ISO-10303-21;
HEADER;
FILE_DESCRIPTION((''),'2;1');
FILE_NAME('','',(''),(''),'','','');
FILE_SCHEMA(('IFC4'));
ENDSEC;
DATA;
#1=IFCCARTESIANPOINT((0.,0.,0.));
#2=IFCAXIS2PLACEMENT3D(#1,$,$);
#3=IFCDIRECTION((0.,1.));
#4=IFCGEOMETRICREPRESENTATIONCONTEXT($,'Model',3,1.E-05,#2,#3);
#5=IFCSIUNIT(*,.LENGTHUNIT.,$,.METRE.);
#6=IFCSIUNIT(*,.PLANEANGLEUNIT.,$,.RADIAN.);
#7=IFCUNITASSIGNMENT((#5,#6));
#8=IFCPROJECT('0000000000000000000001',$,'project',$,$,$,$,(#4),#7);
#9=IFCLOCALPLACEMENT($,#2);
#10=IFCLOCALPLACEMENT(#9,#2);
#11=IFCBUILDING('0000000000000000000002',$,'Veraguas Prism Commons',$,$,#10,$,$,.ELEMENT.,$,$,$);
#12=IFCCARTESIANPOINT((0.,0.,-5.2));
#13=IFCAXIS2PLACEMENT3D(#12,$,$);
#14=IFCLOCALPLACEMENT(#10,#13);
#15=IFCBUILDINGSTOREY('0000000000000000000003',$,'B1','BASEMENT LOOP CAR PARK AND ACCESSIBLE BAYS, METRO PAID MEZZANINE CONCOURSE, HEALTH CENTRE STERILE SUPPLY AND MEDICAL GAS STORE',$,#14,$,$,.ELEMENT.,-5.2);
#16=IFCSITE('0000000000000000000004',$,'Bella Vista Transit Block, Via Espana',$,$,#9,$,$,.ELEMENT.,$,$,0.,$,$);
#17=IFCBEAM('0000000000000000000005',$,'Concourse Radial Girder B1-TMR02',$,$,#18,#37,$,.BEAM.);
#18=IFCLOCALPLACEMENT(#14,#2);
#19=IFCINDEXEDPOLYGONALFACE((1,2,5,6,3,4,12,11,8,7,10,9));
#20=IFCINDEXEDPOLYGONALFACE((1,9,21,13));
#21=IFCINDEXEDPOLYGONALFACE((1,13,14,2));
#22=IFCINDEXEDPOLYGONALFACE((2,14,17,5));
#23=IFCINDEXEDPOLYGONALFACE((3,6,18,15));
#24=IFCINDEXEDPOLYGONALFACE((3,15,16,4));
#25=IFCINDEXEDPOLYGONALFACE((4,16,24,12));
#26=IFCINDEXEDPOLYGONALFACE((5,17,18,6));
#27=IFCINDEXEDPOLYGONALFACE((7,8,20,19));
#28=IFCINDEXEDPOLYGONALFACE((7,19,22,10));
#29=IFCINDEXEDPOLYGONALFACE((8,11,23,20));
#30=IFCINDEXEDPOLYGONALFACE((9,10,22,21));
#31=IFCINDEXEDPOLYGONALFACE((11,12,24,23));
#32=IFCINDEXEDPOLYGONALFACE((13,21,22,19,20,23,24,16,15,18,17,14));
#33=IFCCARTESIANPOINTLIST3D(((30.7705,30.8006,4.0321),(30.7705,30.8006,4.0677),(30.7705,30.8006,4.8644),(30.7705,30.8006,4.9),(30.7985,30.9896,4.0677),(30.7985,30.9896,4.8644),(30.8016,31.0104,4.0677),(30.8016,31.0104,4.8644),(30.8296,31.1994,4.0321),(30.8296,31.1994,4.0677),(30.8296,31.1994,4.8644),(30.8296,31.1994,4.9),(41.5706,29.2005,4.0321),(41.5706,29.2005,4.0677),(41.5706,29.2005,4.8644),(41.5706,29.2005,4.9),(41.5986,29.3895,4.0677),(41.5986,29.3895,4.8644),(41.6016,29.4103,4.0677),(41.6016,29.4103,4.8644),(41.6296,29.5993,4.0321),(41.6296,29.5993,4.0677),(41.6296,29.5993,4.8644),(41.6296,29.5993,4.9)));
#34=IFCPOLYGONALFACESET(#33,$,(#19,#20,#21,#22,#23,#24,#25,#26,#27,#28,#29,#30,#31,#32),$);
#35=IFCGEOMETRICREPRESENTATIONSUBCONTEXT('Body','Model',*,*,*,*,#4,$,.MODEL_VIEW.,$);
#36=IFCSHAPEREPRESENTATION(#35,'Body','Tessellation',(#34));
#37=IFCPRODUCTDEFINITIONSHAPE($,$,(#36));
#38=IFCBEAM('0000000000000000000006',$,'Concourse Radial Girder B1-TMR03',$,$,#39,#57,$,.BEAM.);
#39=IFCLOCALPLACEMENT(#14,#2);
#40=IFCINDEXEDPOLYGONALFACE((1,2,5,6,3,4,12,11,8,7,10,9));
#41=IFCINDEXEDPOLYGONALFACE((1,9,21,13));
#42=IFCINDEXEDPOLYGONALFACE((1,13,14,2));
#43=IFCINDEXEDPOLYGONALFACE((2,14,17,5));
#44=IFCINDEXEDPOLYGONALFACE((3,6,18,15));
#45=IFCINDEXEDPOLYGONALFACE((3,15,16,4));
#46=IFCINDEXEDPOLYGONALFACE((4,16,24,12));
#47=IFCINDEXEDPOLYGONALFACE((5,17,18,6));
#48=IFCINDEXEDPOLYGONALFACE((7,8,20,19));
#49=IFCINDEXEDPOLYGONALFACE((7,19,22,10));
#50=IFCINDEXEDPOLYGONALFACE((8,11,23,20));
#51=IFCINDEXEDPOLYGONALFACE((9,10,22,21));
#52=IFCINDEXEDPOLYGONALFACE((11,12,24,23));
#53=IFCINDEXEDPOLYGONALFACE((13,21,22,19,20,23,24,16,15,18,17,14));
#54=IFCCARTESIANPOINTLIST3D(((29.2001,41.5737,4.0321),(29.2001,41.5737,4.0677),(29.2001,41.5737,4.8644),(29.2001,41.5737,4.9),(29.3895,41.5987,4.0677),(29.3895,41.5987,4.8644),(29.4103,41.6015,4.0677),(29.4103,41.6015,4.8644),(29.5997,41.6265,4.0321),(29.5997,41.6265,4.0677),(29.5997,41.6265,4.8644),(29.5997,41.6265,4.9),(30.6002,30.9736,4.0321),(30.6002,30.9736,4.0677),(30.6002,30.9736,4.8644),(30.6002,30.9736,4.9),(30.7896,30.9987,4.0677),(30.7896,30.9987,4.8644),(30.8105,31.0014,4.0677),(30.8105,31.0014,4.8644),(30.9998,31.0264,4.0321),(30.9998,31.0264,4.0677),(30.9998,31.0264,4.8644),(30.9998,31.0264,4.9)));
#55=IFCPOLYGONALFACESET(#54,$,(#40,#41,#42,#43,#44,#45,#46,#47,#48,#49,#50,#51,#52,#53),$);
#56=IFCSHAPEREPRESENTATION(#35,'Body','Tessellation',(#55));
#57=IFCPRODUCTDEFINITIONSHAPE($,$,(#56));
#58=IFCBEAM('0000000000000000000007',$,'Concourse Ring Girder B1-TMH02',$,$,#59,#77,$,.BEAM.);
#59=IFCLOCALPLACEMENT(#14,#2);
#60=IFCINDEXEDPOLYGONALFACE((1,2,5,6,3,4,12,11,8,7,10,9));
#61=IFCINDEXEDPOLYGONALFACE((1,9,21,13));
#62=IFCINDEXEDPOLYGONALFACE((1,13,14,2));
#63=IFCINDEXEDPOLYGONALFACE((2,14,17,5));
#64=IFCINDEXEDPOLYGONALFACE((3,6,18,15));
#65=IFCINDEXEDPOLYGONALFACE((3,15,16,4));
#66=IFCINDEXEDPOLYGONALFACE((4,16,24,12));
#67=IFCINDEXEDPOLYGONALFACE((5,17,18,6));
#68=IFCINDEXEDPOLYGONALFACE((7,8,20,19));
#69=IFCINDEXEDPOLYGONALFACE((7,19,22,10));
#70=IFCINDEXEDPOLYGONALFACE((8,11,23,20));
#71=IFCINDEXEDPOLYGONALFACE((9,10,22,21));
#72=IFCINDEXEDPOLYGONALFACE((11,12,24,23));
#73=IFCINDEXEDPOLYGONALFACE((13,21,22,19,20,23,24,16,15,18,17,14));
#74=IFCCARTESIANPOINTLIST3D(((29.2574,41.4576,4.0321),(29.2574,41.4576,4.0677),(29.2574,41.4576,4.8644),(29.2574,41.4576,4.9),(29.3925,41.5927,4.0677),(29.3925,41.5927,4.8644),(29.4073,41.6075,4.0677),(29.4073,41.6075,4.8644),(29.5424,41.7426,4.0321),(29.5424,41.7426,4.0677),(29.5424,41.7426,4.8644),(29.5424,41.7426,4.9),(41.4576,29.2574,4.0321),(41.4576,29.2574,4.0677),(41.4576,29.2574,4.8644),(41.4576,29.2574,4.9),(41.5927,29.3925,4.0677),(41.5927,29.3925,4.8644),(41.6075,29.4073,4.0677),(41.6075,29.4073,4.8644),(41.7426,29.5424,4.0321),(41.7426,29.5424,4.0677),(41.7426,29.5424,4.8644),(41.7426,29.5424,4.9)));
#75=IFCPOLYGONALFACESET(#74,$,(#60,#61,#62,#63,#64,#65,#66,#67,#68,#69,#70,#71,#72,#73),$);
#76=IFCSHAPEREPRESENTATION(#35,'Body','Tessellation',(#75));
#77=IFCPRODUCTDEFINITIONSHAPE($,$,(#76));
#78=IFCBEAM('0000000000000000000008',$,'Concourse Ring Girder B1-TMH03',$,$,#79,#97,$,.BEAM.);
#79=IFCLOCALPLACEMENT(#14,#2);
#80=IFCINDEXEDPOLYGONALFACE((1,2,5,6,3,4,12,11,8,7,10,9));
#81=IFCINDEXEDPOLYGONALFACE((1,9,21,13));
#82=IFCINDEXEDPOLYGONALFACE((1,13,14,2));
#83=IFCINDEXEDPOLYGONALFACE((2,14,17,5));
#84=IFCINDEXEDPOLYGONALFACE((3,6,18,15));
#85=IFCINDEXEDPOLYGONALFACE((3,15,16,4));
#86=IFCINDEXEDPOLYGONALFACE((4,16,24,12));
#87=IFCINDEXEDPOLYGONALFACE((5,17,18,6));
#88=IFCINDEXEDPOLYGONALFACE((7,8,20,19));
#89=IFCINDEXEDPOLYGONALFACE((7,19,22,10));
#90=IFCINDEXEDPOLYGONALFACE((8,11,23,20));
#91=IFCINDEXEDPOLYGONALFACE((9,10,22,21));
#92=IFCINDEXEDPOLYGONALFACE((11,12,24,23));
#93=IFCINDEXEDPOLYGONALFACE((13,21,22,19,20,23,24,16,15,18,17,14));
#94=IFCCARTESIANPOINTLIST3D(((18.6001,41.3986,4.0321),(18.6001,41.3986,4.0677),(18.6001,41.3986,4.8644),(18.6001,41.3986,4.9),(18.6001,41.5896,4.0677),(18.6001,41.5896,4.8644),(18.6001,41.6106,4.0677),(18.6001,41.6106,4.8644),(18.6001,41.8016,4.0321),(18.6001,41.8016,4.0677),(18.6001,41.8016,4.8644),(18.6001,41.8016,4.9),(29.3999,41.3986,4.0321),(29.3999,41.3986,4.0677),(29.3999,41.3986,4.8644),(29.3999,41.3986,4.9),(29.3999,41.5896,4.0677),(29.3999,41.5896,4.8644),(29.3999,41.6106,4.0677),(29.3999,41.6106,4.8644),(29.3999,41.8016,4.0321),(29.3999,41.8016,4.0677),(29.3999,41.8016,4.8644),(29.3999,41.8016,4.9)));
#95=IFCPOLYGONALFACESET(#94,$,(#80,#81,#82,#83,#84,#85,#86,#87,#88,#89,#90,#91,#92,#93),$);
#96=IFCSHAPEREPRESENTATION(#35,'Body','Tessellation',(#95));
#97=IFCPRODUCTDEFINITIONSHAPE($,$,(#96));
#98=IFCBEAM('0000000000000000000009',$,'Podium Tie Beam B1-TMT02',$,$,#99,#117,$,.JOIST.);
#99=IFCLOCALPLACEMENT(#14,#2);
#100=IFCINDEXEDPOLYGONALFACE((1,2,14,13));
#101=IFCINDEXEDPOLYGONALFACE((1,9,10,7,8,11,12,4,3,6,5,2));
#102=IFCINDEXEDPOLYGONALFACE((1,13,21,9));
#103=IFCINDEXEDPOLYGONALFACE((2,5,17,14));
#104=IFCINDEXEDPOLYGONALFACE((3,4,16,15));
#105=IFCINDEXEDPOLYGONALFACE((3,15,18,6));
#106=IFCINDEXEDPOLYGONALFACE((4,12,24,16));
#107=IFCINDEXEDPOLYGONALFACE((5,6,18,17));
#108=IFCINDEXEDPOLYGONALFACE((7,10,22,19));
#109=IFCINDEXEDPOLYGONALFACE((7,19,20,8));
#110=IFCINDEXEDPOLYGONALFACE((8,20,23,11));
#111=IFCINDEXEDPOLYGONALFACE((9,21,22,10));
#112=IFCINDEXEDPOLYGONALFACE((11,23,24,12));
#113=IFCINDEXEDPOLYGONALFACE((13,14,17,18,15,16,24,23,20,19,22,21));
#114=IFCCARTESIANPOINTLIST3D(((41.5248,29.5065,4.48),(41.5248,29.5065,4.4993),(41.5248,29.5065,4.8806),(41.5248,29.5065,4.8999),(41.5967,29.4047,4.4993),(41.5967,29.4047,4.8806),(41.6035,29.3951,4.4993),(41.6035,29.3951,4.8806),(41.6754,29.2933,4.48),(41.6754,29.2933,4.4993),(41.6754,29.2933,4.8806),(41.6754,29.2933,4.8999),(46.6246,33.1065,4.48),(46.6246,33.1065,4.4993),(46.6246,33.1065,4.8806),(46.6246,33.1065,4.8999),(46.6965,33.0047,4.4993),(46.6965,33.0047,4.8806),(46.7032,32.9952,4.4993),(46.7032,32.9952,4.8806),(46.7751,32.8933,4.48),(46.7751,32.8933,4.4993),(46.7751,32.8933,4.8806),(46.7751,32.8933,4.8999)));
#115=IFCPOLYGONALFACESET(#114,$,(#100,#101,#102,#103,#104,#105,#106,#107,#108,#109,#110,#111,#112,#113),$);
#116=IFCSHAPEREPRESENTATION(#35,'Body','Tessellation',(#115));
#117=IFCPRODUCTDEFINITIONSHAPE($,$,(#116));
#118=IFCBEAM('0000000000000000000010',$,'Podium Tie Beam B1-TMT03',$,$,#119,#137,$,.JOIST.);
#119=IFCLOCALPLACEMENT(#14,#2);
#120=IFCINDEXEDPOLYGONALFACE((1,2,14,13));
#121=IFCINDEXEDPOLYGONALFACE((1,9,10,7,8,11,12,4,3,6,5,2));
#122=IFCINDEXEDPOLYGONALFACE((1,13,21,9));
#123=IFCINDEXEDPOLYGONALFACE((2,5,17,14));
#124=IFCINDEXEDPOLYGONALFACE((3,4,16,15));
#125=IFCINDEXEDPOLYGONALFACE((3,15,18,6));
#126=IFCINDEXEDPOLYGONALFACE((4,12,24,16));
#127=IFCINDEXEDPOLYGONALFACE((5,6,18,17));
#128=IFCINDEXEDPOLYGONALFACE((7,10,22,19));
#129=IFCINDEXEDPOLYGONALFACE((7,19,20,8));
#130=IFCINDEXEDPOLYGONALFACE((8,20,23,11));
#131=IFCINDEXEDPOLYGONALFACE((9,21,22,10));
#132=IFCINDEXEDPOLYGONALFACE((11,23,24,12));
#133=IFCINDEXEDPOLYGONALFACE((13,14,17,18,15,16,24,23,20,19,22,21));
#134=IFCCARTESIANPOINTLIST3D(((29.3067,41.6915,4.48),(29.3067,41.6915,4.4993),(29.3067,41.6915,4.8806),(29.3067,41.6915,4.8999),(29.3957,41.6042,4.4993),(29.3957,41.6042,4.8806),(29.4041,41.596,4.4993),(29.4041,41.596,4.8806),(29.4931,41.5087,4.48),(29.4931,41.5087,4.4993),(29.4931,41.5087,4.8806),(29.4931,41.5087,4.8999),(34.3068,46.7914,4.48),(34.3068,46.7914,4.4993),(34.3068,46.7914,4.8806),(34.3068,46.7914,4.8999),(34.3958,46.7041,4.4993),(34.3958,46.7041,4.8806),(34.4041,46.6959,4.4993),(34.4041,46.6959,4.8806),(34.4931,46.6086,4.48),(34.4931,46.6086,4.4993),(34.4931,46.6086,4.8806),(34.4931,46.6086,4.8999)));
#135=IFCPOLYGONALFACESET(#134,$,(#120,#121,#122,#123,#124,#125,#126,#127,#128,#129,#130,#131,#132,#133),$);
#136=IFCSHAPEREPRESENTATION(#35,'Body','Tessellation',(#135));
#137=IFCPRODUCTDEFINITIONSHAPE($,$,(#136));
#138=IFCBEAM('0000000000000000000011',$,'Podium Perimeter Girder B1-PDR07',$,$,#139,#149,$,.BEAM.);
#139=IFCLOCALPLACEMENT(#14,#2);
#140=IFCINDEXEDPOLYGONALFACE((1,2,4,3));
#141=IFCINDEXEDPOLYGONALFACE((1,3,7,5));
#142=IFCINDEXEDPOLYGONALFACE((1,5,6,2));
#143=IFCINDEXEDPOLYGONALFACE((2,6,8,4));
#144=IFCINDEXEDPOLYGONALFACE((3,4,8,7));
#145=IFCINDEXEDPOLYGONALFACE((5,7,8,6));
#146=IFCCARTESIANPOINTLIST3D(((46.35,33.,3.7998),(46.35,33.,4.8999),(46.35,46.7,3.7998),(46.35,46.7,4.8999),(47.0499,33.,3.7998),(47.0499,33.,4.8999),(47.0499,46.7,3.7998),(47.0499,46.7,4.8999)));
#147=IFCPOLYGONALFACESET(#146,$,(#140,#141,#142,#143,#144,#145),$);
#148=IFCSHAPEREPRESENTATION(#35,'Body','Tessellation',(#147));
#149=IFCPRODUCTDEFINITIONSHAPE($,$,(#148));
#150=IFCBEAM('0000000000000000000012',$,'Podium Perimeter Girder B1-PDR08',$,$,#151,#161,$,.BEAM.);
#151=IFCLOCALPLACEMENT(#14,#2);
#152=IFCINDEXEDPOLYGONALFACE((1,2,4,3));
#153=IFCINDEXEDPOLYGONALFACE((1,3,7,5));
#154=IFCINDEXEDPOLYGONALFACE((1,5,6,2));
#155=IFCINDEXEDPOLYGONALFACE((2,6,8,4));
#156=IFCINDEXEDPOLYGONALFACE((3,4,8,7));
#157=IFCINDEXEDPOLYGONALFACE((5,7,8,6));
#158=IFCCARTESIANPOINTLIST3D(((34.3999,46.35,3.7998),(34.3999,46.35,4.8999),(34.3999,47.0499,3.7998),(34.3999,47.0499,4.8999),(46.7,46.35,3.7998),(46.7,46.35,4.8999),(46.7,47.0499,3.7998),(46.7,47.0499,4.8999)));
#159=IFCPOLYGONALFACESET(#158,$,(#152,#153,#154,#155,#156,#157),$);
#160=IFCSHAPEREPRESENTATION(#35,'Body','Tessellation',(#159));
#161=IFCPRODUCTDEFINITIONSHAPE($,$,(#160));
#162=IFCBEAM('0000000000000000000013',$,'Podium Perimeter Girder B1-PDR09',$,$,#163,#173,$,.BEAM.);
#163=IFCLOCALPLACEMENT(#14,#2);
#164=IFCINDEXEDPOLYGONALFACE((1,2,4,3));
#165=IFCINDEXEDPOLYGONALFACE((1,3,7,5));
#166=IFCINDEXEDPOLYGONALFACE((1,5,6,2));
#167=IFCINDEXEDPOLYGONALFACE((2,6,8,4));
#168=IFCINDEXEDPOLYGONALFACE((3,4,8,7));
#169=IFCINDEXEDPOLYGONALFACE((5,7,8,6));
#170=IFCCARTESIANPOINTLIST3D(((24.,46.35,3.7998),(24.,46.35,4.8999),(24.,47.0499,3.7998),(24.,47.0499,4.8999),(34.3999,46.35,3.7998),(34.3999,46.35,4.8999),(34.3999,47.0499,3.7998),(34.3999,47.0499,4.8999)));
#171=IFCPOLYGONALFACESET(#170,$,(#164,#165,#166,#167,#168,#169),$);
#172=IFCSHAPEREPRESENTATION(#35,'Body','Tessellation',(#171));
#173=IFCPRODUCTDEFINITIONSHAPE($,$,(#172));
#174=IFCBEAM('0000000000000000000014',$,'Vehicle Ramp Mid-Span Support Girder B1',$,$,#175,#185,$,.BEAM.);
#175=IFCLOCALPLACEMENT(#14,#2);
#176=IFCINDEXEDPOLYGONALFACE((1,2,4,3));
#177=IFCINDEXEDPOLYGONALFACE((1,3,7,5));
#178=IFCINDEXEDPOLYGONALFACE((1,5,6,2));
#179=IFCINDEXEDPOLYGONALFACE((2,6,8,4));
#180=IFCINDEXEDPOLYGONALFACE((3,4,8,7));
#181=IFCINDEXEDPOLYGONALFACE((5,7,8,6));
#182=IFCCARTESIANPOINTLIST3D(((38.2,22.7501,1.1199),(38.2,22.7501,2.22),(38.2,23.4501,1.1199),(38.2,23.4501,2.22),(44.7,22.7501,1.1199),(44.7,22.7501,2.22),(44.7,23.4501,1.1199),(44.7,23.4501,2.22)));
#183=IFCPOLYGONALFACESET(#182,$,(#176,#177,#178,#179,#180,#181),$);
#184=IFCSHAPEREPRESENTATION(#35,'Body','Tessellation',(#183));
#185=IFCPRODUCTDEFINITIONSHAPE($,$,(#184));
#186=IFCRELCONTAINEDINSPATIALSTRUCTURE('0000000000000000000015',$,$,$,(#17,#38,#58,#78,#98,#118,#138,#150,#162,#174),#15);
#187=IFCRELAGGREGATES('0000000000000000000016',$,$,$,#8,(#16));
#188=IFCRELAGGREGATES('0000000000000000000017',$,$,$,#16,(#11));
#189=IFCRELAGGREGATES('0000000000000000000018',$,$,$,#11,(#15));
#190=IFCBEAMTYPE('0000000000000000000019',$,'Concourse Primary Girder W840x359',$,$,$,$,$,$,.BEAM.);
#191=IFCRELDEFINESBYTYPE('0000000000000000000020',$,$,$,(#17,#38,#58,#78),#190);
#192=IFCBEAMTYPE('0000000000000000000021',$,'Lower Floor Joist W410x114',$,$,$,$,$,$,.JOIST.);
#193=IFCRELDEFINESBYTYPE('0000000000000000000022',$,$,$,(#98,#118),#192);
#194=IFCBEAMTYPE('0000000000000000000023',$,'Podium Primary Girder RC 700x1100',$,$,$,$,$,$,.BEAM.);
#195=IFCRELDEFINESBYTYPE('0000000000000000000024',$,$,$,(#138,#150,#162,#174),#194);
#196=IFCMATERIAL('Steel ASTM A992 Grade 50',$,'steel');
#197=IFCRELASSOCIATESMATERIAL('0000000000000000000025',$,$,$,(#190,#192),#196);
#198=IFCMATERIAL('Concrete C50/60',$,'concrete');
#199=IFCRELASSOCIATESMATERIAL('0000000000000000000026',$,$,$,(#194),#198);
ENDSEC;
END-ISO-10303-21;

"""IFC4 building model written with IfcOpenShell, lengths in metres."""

from ifc_helpers import new_model, si_unit, direction, frame, origin, origin_2d, place, context, subcontext, project, spatial, rectangle, i_section, extrude, material, material_profile, profile_set, type_object, element, save


model = new_model("IFC4")

# Units and contexts
model_context = context("Model", 3, precision=1e-05, world=origin(), true_north=direction((0.0, 1.0)))
body_context = subcontext(model_context, "Body", "Model", "MODEL_VIEW")
ifc_project = project(units=[si_unit("LENGTHUNIT", "METRE"), si_unit("PLANEANGLEUNIT", "RADIAN")], contexts=[model_context])

# Site, building, storey
site_placement = place(None, origin())
site = spatial("IfcSite", under=ifc_project, at=site_placement, Name="Bella Vista Transit Block, Via Espana", CompositionType="ELEMENT", RefElevation=0.0)
building_placement = place(site_placement, origin())
building = spatial("IfcBuilding", under=site, at=building_placement, Name="Veraguas Prism Commons", CompositionType="ELEMENT")
storey_placement = place(building_placement, frame((0.0, 0.0, -5.2)))
storey = spatial("IfcBuildingStorey", under=building, at=storey_placement, Name="B1", Description="BASEMENT LOOP CAR PARK AND ACCESSIBLE BAYS, METRO PAID MEZZANINE CONCOURSE, HEALTH CENTRE STERILE SUPPLY AND MEDICAL GAS STORE", CompositionType="ELEMENT", Elevation=-5.2)

# Shared definitions
ifc_material_1 = material(Name="Concrete C50/60", Category="concrete")
ifc_material_2 = material(Name="Steel ASTM A992 Grade 50", Category="steel")

# Beams
ifc_material_profile_1 = material_profile(ifc_material_2, i_section(OverallWidth=0.4031, OverallDepth=0.8679, WebThickness=0.021, FlangeThickness=0.0356, at=origin_2d()), Name="W840X359")
ifc_profile_set_1 = profile_set([ifc_material_profile_1], Name="Steel ASTM A992 Grade 50")
beam_type_1 = type_object("IfcBeamType", Name="Concourse Primary Girder W840x359", PredefinedType="BEAM", material=ifc_profile_set_1)
beam_1_placement = place(storey_placement, frame((41.6001, 29.3999, 4.4661), z_axis=(-0.989202, 0.146557, 0.0), x_axis=(-0.146557, -0.989202, 0.0)))
element("IfcBeam", 1, at=beam_1_placement, inside=storey, type_object=beam_type_1, Name="Concourse Radial Girder B1-TMR02", PredefinedType="BEAM", context=body_context, shape_type="SweptSolid", body=[
    extrude(i_section(OverallWidth=0.4031, OverallDepth=0.8679, WebThickness=0.021, FlangeThickness=0.0356, at=origin_2d()), origin(), (0.0, 0.0, 1.0), 10.918),
])
beam_2_placement = place(storey_placement, frame((29.3999, 41.6001, 4.4661), z_axis=(0.130951, -0.991389, 0.0), x_axis=(0.991389, 0.130951, 0.0)))
element("IfcBeam", 2, at=beam_2_placement, inside=storey, type_object=beam_type_1, Name="Concourse Radial Girder B1-TMR03", PredefinedType="BEAM", context=body_context, shape_type="SweptSolid", body=[
    extrude(i_section(OverallWidth=0.4031, OverallDepth=0.8679, WebThickness=0.021, FlangeThickness=0.0356, at=origin_2d()), origin(), (0.0, 0.0, 1.0), 10.6921),
])
beam_3_placement = place(storey_placement, frame((41.6001, 29.3999, 4.4661), z_axis=(-0.707107, 0.707107, 0.0), x_axis=(-0.707107, -0.707107, 0.0)))
element("IfcBeam", 3, at=beam_3_placement, inside=storey, type_object=beam_type_1, Name="Concourse Ring Girder B1-TMH02", PredefinedType="BEAM", context=body_context, shape_type="SweptSolid", body=[
    extrude(i_section(OverallWidth=0.4031, OverallDepth=0.8679, WebThickness=0.021, FlangeThickness=0.0356, at=origin_2d()), origin(), (0.0, 0.0, 1.0), 17.2537),
])
beam_4_placement = place(storey_placement, frame((29.3999, 41.6001, 4.4661), z_axis=(-1.0, 0.0, 0.0), x_axis=(0.0, -1.0, 0.0)))
element("IfcBeam", 4, at=beam_4_placement, inside=storey, type_object=beam_type_1, Name="Concourse Ring Girder B1-TMH03", PredefinedType="BEAM", context=body_context, shape_type="SweptSolid", body=[
    extrude(i_section(OverallWidth=0.4031, OverallDepth=0.8679, WebThickness=0.021, FlangeThickness=0.0356, at=origin_2d()), origin(), (0.0, 0.0, 1.0), 10.7998),
])
ifc_material_profile_2 = material_profile(ifc_material_2, i_section(OverallWidth=0.261, OverallDepth=0.4199, WebThickness=0.0117, FlangeThickness=0.0193, at=origin_2d()), Name="W410X114")
ifc_profile_set_2 = profile_set([ifc_material_profile_2], Name="Steel ASTM A992 Grade 50")
beam_type_2 = type_object("IfcBeamType", Name="Lower Floor Joist W410x114", PredefinedType="JOIST", material=ifc_profile_set_2)
beam_5_placement = place(storey_placement, frame((41.6001, 29.3999, 4.6899), z_axis=(0.816953, 0.576705, 0.0), x_axis=(-0.576705, 0.816953, 0.0)))
element("IfcBeam", 5, at=beam_5_placement, inside=storey, type_object=beam_type_2, Name="Podium Tie Beam B1-TMT02", PredefinedType="JOIST", context=body_context, shape_type="SweptSolid", body=[
    extrude(i_section(OverallWidth=0.261, OverallDepth=0.4199, WebThickness=0.0117, FlangeThickness=0.0193, at=origin_2d()), origin(), (0.0, 0.0, 1.0), 6.2424),
])
beam_6_placement = place(storey_placement, frame((29.3999, 41.6001, 4.6899), z_axis=(0.700082, 0.714063, 0.0), x_axis=(-0.714063, 0.700082, 0.0)))
element("IfcBeam", 6, at=beam_6_placement, inside=storey, type_object=beam_type_2, Name="Podium Tie Beam B1-TMT03", PredefinedType="JOIST", context=body_context, shape_type="SweptSolid", body=[
    extrude(i_section(OverallWidth=0.261, OverallDepth=0.4199, WebThickness=0.0117, FlangeThickness=0.0193, at=origin_2d()), origin(), (0.0, 0.0, 1.0), 7.1421),
])
ifc_material_profile_3 = material_profile(ifc_material_1, rectangle(XDim=0.7, YDim=1.1001, at=origin_2d()), Name="RC700X1100")
ifc_profile_set_3 = profile_set([ifc_material_profile_3], Name="Concrete C50/60")
beam_type_3 = type_object("IfcBeamType", Name="Podium Primary Girder RC 700x1100", PredefinedType="BEAM", material=ifc_profile_set_3)
beam_7_placement = place(storey_placement, frame((46.7, 33.0, 4.3499), z_axis=(0.0, 1.0, 0.0), x_axis=(-1.0, 0.0, 0.0)))
element("IfcBeam", 7, at=beam_7_placement, inside=storey, type_object=beam_type_3, Name="Podium Perimeter Girder B1-PDR07", PredefinedType="BEAM", context=body_context, shape_type="SweptSolid", body=[
    extrude(rectangle(XDim=0.7, YDim=1.1001, at=origin_2d()), origin(), (0.0, 0.0, 1.0), 13.7),
])
beam_8_placement = place(storey_placement, frame((46.7, 46.7, 4.3499), z_axis=(-1.0, 0.0, 0.0), x_axis=(0.0, -1.0, 0.0)))
element("IfcBeam", 8, at=beam_8_placement, inside=storey, type_object=beam_type_3, Name="Podium Perimeter Girder B1-PDR08", PredefinedType="BEAM", context=body_context, shape_type="SweptSolid", body=[
    extrude(rectangle(XDim=0.7, YDim=1.1001, at=origin_2d()), origin(), (0.0, 0.0, 1.0), 12.3),
])
beam_9_placement = place(storey_placement, frame((34.3999, 46.7, 4.3499), z_axis=(-1.0, 0.0, 0.0), x_axis=(0.0, -1.0, 0.0)))
element("IfcBeam", 9, at=beam_9_placement, inside=storey, type_object=beam_type_3, Name="Podium Perimeter Girder B1-PDR09", PredefinedType="BEAM", context=body_context, shape_type="SweptSolid", body=[
    extrude(rectangle(XDim=0.7, YDim=1.1001, at=origin_2d()), origin(), (0.0, 0.0, 1.0), 10.3999),
])
for number, where, z_axis, x_axis, name in (
    (10, (38.2, 23.1001, 1.6699), (1.0, 0.0, 0.0), (0.0, 1.0, 0.0), "Vehicle Ramp Mid-Span Support Girder B1"),
):
    element("IfcBeam", number, at=place(storey_placement, frame(where, z_axis=z_axis, x_axis=x_axis)), inside=storey, type_object=beam_type_3, Name=name, PredefinedType="BEAM", context=body_context, shape_type="SweptSolid", body=[
        extrude(rectangle(XDim=0.7, YDim=1.1001, at=origin_2d()), origin(), (0.0, 0.0, 1.0), 6.5),
    ])

save(model, "model.ifc")
